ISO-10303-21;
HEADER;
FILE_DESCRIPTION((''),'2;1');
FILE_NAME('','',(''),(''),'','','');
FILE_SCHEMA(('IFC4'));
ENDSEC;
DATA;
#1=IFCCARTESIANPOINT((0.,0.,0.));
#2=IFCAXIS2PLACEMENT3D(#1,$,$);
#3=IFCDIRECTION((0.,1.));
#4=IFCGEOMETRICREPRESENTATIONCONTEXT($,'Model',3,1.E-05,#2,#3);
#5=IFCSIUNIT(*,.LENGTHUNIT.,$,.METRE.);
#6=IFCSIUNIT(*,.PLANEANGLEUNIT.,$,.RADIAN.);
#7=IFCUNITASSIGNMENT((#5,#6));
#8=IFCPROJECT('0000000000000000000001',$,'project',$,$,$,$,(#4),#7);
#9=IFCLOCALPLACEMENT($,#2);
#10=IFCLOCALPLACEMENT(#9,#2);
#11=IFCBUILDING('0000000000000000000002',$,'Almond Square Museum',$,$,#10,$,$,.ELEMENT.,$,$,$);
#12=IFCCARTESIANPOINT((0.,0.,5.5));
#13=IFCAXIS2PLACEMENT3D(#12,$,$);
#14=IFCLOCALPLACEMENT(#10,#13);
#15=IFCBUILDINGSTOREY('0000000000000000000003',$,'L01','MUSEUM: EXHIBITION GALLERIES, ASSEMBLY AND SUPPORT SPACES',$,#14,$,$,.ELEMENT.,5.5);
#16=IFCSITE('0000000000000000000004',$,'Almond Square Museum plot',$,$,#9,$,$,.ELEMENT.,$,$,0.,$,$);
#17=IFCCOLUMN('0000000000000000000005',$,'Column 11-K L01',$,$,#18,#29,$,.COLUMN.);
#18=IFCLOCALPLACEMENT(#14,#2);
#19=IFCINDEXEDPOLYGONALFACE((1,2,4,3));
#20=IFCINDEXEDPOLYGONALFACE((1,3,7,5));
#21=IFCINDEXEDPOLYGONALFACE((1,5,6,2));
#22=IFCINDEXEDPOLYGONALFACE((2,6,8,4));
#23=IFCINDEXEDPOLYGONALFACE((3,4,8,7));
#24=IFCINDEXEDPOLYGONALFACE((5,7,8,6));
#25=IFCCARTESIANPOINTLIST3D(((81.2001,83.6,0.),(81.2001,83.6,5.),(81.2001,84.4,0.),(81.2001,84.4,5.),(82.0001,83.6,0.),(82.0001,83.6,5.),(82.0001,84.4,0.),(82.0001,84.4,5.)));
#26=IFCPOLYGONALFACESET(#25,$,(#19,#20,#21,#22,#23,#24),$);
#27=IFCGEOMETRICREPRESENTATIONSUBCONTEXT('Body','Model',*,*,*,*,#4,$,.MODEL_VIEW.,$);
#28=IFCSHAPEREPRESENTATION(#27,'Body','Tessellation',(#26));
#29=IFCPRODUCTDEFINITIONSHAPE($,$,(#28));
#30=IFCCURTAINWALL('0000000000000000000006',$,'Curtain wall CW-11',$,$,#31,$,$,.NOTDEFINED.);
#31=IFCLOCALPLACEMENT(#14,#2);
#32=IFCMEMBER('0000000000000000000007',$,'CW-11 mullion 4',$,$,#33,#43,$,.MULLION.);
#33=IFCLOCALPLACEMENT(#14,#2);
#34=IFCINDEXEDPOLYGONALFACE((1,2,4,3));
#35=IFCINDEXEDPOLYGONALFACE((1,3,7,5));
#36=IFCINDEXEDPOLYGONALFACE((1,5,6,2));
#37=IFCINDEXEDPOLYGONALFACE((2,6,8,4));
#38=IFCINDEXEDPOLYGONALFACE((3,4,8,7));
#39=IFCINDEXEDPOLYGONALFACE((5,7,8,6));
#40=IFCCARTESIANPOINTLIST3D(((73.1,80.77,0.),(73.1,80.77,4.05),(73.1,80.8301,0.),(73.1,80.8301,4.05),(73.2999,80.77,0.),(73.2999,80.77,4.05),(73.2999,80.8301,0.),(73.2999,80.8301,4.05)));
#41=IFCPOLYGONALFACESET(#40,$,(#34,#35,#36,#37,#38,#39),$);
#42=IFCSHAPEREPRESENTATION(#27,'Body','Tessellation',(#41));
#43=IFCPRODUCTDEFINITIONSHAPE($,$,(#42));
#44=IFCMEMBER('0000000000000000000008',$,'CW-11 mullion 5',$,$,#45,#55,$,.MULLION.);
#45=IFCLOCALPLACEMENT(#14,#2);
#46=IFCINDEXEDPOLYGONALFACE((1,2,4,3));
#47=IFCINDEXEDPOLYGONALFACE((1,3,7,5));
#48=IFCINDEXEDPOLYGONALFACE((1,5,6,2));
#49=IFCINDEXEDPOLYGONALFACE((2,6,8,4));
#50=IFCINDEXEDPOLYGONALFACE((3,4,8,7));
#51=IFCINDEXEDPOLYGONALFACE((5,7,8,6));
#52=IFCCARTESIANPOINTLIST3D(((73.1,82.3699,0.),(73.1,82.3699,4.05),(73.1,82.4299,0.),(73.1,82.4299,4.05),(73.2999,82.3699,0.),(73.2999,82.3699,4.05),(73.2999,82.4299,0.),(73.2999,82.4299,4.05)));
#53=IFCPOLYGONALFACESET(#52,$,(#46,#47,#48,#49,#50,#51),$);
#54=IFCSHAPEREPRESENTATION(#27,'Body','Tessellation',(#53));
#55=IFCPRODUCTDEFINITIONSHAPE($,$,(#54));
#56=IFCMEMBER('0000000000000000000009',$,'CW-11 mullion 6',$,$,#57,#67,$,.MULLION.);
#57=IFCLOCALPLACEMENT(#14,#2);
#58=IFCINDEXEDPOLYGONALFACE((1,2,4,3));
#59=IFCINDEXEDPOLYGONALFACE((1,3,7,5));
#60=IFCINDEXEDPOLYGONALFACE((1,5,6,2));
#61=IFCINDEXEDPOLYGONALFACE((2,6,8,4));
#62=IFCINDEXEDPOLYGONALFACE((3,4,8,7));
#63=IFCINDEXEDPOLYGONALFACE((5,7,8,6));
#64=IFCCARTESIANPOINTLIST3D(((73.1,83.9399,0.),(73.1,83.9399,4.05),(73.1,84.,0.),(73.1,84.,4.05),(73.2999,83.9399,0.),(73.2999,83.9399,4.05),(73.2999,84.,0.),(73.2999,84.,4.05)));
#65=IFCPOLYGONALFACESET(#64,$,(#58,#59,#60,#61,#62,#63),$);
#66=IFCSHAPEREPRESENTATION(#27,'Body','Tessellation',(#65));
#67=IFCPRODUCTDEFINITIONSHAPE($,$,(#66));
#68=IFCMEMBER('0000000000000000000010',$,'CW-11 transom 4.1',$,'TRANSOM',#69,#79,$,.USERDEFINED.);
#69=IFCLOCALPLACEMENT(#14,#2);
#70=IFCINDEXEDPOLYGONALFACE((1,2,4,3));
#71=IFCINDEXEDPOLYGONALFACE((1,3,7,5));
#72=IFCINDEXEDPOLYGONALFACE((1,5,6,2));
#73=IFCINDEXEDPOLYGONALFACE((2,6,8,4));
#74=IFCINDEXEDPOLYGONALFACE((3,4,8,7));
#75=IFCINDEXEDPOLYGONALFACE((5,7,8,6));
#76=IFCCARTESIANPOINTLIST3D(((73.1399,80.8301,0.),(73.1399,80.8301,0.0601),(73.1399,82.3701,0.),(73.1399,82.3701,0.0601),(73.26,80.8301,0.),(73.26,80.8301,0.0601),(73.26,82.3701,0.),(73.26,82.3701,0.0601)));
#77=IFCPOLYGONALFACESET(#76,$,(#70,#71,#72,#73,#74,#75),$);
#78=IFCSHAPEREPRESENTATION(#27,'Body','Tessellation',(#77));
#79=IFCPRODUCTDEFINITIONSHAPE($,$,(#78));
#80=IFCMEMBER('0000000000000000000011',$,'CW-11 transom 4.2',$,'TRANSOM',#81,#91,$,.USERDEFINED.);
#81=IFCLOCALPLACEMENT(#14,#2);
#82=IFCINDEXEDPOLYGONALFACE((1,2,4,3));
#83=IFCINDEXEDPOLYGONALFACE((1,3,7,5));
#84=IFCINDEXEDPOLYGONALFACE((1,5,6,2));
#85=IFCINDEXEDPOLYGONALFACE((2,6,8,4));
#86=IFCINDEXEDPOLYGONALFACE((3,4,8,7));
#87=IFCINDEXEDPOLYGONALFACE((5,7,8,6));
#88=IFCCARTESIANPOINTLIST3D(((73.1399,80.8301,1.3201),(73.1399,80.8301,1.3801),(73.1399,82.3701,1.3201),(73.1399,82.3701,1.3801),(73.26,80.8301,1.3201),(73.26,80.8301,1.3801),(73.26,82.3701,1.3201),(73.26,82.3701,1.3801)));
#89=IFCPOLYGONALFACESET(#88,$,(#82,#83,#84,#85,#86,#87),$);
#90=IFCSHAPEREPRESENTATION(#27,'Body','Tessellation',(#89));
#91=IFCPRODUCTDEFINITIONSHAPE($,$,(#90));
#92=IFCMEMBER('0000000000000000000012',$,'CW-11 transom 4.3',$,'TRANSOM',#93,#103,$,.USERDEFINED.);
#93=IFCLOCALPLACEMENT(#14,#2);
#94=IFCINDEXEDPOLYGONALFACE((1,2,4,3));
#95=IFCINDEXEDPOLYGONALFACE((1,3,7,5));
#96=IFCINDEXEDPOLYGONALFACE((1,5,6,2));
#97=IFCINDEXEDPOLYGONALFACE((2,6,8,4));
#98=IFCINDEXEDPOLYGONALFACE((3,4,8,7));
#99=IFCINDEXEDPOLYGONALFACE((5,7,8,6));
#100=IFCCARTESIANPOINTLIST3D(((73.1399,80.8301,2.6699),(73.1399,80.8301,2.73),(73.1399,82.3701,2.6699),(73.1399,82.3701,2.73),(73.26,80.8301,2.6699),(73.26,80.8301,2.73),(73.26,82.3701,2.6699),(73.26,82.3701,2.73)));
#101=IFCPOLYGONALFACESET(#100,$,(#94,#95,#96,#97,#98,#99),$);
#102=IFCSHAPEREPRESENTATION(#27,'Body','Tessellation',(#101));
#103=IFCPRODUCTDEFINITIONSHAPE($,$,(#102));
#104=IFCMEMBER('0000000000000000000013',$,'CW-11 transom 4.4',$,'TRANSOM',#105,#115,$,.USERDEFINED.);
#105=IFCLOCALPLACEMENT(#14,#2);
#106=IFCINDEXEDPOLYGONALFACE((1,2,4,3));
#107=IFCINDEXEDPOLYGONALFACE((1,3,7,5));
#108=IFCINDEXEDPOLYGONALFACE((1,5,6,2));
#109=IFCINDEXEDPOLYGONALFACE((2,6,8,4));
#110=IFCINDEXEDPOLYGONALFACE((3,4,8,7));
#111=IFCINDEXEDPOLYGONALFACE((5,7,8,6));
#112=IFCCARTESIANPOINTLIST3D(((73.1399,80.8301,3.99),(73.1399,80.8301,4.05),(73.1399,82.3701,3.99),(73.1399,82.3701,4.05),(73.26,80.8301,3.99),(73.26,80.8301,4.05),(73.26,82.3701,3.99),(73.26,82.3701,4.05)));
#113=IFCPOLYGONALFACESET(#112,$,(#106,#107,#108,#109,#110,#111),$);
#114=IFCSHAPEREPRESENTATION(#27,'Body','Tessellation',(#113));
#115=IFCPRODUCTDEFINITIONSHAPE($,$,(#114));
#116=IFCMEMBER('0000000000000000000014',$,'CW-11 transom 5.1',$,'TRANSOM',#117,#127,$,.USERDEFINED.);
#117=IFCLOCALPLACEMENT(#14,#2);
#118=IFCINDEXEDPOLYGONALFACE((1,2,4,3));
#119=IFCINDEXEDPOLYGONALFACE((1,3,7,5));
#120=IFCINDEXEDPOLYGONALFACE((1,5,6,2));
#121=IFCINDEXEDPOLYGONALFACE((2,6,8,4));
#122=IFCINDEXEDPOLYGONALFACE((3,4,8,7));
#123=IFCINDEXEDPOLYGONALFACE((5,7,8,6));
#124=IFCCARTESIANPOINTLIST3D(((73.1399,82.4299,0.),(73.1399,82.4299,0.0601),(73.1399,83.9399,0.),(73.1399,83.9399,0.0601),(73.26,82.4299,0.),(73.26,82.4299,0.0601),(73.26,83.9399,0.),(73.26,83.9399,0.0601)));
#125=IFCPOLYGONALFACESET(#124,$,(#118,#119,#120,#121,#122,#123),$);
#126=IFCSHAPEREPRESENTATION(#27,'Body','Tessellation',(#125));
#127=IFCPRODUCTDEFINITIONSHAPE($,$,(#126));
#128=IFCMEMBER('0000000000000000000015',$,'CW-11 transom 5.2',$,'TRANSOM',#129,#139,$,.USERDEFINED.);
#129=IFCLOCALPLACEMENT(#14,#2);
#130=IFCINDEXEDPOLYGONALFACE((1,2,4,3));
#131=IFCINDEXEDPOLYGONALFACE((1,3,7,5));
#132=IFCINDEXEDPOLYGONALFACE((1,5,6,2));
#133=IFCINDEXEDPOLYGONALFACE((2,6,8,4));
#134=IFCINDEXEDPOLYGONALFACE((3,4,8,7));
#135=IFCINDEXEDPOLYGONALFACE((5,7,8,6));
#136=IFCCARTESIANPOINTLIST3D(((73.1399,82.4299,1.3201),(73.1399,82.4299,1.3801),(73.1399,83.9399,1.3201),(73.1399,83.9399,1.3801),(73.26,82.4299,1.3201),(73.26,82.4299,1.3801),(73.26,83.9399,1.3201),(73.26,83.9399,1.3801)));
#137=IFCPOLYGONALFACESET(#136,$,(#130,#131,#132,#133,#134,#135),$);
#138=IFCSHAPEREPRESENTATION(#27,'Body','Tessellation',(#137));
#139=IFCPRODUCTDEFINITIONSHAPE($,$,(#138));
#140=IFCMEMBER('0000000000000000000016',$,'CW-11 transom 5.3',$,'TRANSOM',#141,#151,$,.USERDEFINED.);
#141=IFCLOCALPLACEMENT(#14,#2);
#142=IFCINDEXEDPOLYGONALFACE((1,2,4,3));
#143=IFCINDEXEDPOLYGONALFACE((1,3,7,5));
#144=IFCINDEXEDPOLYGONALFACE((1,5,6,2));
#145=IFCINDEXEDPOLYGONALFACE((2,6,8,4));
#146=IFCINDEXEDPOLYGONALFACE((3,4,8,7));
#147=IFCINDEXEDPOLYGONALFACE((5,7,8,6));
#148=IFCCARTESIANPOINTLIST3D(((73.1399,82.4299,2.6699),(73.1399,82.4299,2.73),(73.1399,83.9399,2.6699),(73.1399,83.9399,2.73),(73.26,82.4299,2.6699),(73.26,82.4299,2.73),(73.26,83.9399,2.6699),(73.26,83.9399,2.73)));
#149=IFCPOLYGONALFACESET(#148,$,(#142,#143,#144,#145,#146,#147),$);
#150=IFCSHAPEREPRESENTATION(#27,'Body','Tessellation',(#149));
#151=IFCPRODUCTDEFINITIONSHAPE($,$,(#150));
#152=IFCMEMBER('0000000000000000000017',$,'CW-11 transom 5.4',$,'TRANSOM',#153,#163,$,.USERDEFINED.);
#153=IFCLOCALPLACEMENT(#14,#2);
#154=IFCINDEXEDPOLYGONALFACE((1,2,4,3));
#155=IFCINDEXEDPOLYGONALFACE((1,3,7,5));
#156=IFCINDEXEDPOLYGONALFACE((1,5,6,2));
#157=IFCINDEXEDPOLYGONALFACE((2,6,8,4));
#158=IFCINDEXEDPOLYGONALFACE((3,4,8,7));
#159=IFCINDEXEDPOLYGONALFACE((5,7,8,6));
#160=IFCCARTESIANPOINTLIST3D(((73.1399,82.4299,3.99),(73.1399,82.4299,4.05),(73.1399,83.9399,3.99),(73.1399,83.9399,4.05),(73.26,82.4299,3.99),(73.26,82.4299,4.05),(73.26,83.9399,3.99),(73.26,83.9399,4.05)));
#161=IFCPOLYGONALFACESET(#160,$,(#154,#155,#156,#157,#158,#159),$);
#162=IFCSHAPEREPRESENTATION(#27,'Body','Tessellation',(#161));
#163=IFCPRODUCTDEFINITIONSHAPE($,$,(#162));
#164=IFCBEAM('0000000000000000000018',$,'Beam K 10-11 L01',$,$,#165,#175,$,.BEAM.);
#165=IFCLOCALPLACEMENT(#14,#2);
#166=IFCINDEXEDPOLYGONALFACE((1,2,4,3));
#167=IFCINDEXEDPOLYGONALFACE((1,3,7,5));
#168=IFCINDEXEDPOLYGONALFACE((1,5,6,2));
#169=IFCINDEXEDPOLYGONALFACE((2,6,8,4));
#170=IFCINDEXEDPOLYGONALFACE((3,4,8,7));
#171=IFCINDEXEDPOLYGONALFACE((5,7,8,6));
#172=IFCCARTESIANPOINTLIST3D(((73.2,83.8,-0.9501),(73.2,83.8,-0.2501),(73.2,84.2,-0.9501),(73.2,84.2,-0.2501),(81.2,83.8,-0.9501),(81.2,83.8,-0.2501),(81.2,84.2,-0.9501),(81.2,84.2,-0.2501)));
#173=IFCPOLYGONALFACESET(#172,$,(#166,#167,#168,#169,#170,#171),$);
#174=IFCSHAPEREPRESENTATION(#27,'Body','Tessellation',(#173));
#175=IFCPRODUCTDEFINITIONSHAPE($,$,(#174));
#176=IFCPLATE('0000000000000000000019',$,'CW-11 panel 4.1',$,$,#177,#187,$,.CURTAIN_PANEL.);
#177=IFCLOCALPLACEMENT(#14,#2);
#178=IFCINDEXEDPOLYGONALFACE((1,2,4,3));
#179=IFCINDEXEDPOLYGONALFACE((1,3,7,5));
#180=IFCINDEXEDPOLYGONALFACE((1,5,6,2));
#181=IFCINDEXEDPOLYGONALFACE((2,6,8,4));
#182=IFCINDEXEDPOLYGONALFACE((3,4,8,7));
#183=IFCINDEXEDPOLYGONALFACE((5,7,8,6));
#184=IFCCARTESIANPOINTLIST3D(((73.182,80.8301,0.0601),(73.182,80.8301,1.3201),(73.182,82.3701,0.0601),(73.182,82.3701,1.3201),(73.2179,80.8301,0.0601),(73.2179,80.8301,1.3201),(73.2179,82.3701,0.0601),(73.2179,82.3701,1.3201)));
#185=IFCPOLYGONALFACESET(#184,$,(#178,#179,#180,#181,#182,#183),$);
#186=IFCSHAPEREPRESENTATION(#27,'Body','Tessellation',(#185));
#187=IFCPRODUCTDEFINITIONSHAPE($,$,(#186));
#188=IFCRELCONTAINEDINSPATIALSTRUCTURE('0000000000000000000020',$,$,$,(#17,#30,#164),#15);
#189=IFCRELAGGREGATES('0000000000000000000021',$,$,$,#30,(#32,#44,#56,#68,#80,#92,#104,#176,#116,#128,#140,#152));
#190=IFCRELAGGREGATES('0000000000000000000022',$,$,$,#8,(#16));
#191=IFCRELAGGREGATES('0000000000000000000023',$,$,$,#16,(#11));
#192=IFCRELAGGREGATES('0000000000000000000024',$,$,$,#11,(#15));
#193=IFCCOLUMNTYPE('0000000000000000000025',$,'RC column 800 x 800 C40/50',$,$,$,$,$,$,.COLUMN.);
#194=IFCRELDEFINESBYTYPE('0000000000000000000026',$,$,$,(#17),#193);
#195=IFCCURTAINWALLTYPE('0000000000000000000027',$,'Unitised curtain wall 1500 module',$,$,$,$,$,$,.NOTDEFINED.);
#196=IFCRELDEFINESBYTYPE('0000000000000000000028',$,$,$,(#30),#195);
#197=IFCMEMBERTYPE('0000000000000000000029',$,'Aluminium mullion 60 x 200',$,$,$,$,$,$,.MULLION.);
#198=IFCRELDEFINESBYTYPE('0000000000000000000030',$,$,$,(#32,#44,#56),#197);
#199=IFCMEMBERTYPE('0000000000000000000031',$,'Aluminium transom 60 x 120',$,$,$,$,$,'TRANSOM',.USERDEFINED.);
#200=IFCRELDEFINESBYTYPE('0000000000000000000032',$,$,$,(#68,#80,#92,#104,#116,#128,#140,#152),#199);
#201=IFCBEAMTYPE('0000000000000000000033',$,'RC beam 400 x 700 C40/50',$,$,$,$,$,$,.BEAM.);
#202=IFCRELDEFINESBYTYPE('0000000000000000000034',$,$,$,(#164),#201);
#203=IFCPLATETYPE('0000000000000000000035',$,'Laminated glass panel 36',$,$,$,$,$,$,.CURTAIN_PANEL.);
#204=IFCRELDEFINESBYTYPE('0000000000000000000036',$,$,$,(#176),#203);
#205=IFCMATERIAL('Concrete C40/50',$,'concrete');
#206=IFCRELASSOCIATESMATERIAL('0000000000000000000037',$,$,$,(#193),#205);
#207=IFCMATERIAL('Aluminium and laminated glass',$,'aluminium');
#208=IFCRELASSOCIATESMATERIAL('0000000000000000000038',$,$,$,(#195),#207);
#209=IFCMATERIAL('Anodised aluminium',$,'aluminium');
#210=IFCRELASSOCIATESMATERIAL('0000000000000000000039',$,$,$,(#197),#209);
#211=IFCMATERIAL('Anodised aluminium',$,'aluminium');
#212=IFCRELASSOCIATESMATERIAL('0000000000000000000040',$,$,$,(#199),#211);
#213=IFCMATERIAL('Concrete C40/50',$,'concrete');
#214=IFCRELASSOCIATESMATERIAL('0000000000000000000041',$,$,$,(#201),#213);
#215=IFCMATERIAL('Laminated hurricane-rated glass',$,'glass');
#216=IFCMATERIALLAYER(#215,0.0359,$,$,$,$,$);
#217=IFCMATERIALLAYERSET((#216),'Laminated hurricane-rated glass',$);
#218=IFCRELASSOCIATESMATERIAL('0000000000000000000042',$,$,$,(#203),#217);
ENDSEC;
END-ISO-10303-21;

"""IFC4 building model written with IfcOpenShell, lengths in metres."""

from ifc_helpers import new_model, si_unit, direction, frame, origin, origin_2d, place, context, subcontext, project, spatial, rectangle, extrude, material, layer, layer_set, material_profile, profile_set, type_object, element, aggregate, save


model = new_model("IFC4")

# Units and contexts
model_context = context("Model", 3, precision=1e-05, world=origin(), true_north=direction((0.0, 1.0)))
body_context = subcontext(model_context, "Body", "Model", "MODEL_VIEW")
ifc_project = project(units=[si_unit("LENGTHUNIT", "METRE"), si_unit("PLANEANGLEUNIT", "RADIAN")], contexts=[model_context])

# Site, building, storey
site_placement = place(None, origin())
site = spatial("IfcSite", under=ifc_project, at=site_placement, Name="Almond Square Museum plot", CompositionType="ELEMENT", RefElevation=0.0)
building_placement = place(site_placement, origin())
building = spatial("IfcBuilding", under=site, at=building_placement, Name="Almond Square Museum", CompositionType="ELEMENT")
storey_placement = place(building_placement, frame((0.0, 0.0, 5.5)))
storey = spatial("IfcBuildingStorey", under=building, at=storey_placement, Name="L01", Description="MUSEUM: EXHIBITION GALLERIES, ASSEMBLY AND SUPPORT SPACES", CompositionType="ELEMENT", Elevation=5.5)

# Column
ifc_material_1 = material(Name="Concrete C40/50", Category="concrete")
ifc_material_profile_1 = material_profile(ifc_material_1, rectangle(XDim=0.8, YDim=0.8, at=origin_2d()))
ifc_profile_set_1 = profile_set([ifc_material_profile_1], Name="Concrete C40/50")
column_type = type_object("IfcColumnType", Name="RC column 800 x 800 C40/50", PredefinedType="COLUMN", material=ifc_profile_set_1)
column_placement = place(storey_placement, frame((81.6001, 84.0, 0.0), z_axis=(0.0, 0.0, 1.0), x_axis=(1.0, 0.0, 0.0)))
element("IfcColumn", 1, at=column_placement, inside=storey, type_object=column_type, Name="Column 11-K L01", PredefinedType="COLUMN", context=body_context, shape_type="SweptSolid", body=[
    extrude(rectangle(XDim=0.8, YDim=0.8, at=origin_2d()), origin(), (0.0, 0.0, 1.0), 5.0),
])

# Curtain wall, members
ifc_material_2 = material(Name="Aluminium and laminated glass", Category="aluminium")
curtain_wall_type = type_object("IfcCurtainWallType", Name="Unitised curtain wall 1500 module", PredefinedType="NOTDEFINED", material=ifc_material_2)
curtain_wall_placement = place(storey_placement, origin())
curtain_wall = element("IfcCurtainWall", 2, at=curtain_wall_placement, inside=storey, type_object=curtain_wall_type, Name="Curtain wall CW-11", PredefinedType="NOTDEFINED")
ifc_material_3 = material(Name="Anodised aluminium", Category="aluminium")
ifc_material_profile_2 = material_profile(ifc_material_3, rectangle(XDim=0.2, YDim=0.0601, at=origin_2d()))
ifc_profile_set_2 = profile_set([ifc_material_profile_2], Name="Anodised aluminium")
member_type_1 = type_object("IfcMemberType", Name="Aluminium mullion 60 x 200", PredefinedType="MULLION", material=ifc_profile_set_2)
member_1_placement = place(storey_placement, frame((73.2, 80.8, 0.0), z_axis=(0.0, 0.0, 1.0), x_axis=(-1.0, 0.0, 0.0)))
member_1 = element("IfcMember", 3, at=member_1_placement, type_object=member_type_1, Name="CW-11 mullion 4", PredefinedType="MULLION", context=body_context, shape_type="SweptSolid", body=[
    extrude(rectangle(XDim=0.2, YDim=0.0601, at=origin_2d()), origin(), (0.0, 0.0, 1.0), 4.05),
])
member_2_placement = place(storey_placement, frame((73.2, 82.3999, 0.0), z_axis=(0.0, 0.0, 1.0), x_axis=(-1.0, 0.0, 0.0)))
member_2 = element("IfcMember", 4, at=member_2_placement, type_object=member_type_1, Name="CW-11 mullion 5", PredefinedType="MULLION", context=body_context, shape_type="SweptSolid", body=[
    extrude(rectangle(XDim=0.2, YDim=0.0601, at=origin_2d()), origin(), (0.0, 0.0, 1.0), 4.05),
])
member_3_placement = place(storey_placement, frame((73.2, 83.97, 0.0), z_axis=(0.0, 0.0, 1.0), x_axis=(-1.0, 0.0, 0.0)))
member_3 = element("IfcMember", 5, at=member_3_placement, type_object=member_type_1, Name="CW-11 mullion 6", PredefinedType="MULLION", context=body_context, shape_type="SweptSolid", body=[
    extrude(rectangle(XDim=0.2, YDim=0.0601, at=origin_2d()), origin(), (0.0, 0.0, 1.0), 4.05),
])
ifc_material_4 = material(Name="Anodised aluminium", Category="aluminium")
ifc_material_profile_3 = material_profile(ifc_material_4, rectangle(XDim=0.1201, YDim=0.0601, at=origin_2d()))
ifc_profile_set_3 = profile_set([ifc_material_profile_3], Name="Anodised aluminium")
member_type_2 = type_object("IfcMemberType", Name="Aluminium transom 60 x 120", ElementType="TRANSOM", PredefinedType="USERDEFINED", material=ifc_profile_set_3)
member_4_placement = place(storey_placement, frame((73.2, 80.8301, 0.03), z_axis=(0.0, 1.0, 0.0), x_axis=(-1.0, 0.0, 0.0)))
member_4 = element("IfcMember", 6, at=member_4_placement, type_object=member_type_2, Name="CW-11 transom 4.1", ObjectType="TRANSOM", PredefinedType="USERDEFINED", context=body_context, shape_type="SweptSolid", body=[
    extrude(rectangle(XDim=0.1201, YDim=0.0601, at=origin_2d()), origin(), (0.0, 0.0, 1.0), 1.54),
])
member_5_placement = place(storey_placement, frame((73.2, 80.8301, 1.3501), z_axis=(0.0, 1.0, 0.0), x_axis=(-1.0, 0.0, 0.0)))
member_5 = element("IfcMember", 7, at=member_5_placement, type_object=member_type_2, Name="CW-11 transom 4.2", ObjectType="TRANSOM", PredefinedType="USERDEFINED", context=body_context, shape_type="SweptSolid", body=[
    extrude(rectangle(XDim=0.1201, YDim=0.0601, at=origin_2d()), origin(), (0.0, 0.0, 1.0), 1.54),
])
member_6_placement = place(storey_placement, frame((73.2, 80.8301, 2.7), z_axis=(0.0, 1.0, 0.0), x_axis=(-1.0, 0.0, 0.0)))
member_6 = element("IfcMember", 8, at=member_6_placement, type_object=member_type_2, Name="CW-11 transom 4.3", ObjectType="TRANSOM", PredefinedType="USERDEFINED", context=body_context, shape_type="SweptSolid", body=[
    extrude(rectangle(XDim=0.1201, YDim=0.0601, at=origin_2d()), origin(), (0.0, 0.0, 1.0), 1.54),
])
member_7_placement = place(storey_placement, frame((73.2, 80.8301, 4.02), z_axis=(0.0, 1.0, 0.0), x_axis=(-1.0, 0.0, 0.0)))
member_7 = element("IfcMember", 9, at=member_7_placement, type_object=member_type_2, Name="CW-11 transom 4.4", ObjectType="TRANSOM", PredefinedType="USERDEFINED", context=body_context, shape_type="SweptSolid", body=[
    extrude(rectangle(XDim=0.1201, YDim=0.0601, at=origin_2d()), origin(), (0.0, 0.0, 1.0), 1.54),
])
member_8_placement = place(storey_placement, frame((73.2, 82.4299, 0.03), z_axis=(0.0, 1.0, 0.0), x_axis=(-1.0, 0.0, 0.0)))
member_8 = element("IfcMember", 10, at=member_8_placement, type_object=member_type_2, Name="CW-11 transom 5.1", ObjectType="TRANSOM", PredefinedType="USERDEFINED", context=body_context, shape_type="SweptSolid", body=[
    extrude(rectangle(XDim=0.1201, YDim=0.0601, at=origin_2d()), origin(), (0.0, 0.0, 1.0), 1.51),
])
member_9_placement = place(storey_placement, frame((73.2, 82.4299, 1.3501), z_axis=(0.0, 1.0, 0.0), x_axis=(-1.0, 0.0, 0.0)))
member_9 = element("IfcMember", 11, at=member_9_placement, type_object=member_type_2, Name="CW-11 transom 5.2", ObjectType="TRANSOM", PredefinedType="USERDEFINED", context=body_context, shape_type="SweptSolid", body=[
    extrude(rectangle(XDim=0.1201, YDim=0.0601, at=origin_2d()), origin(), (0.0, 0.0, 1.0), 1.51),
])
member_10_placement = place(storey_placement, frame((73.2, 82.4299, 2.7), z_axis=(0.0, 1.0, 0.0), x_axis=(-1.0, 0.0, 0.0)))
member_10 = element("IfcMember", 12, at=member_10_placement, type_object=member_type_2, Name="CW-11 transom 5.3", ObjectType="TRANSOM", PredefinedType="USERDEFINED", context=body_context, shape_type="SweptSolid", body=[
    extrude(rectangle(XDim=0.1201, YDim=0.0601, at=origin_2d()), origin(), (0.0, 0.0, 1.0), 1.51),
])
member_11_placement = place(storey_placement, frame((73.2, 82.4299, 4.02), z_axis=(0.0, 1.0, 0.0), x_axis=(-1.0, 0.0, 0.0)))
member_11 = element("IfcMember", 13, at=member_11_placement, type_object=member_type_2, Name="CW-11 transom 5.4", ObjectType="TRANSOM", PredefinedType="USERDEFINED", context=body_context, shape_type="SweptSolid", body=[
    extrude(rectangle(XDim=0.1201, YDim=0.0601, at=origin_2d()), origin(), (0.0, 0.0, 1.0), 1.51),
])

# Beam
ifc_material_5 = material(Name="Concrete C40/50", Category="concrete")
ifc_material_profile_4 = material_profile(ifc_material_5, rectangle(XDim=0.3999, YDim=0.7, at=origin_2d()))
ifc_profile_set_4 = profile_set([ifc_material_profile_4], Name="Concrete C40/50")
beam_type = type_object("IfcBeamType", Name="RC beam 400 x 700 C40/50", PredefinedType="BEAM", material=ifc_profile_set_4)
beam_placement = place(storey_placement, frame((73.2, 84.0, -0.6001), z_axis=(1.0, 0.0, 0.0), x_axis=(0.0, 1.0, 0.0)))
element("IfcBeam", 14, at=beam_placement, inside=storey, type_object=beam_type, Name="Beam K 10-11 L01", PredefinedType="BEAM", context=body_context, shape_type="SweptSolid", body=[
    extrude(rectangle(XDim=0.3999, YDim=0.7, at=origin_2d()), origin(), (0.0, 0.0, 1.0), 8.0),
])

# Plate
ifc_material_6 = material(Name="Laminated hurricane-rated glass", Category="glass")
ifc_layer = layer(ifc_material_6, 0.0359)
ifc_layer_set = layer_set([ifc_layer], Name="Laminated hurricane-rated glass")
plate_type = type_object("IfcPlateType", Name="Laminated glass panel 36", PredefinedType="CURTAIN_PANEL", material=ifc_layer_set)
plate_1_placement = place(storey_placement, frame((73.2, 81.6001, 0.0601), z_axis=(0.0, 0.0, 1.0), x_axis=(0.0, 1.0, 0.0)))
plate_1 = element("IfcPlate", 15, at=plate_1_placement, type_object=plate_type, Name="CW-11 panel 4.1", PredefinedType="CURTAIN_PANEL", context=body_context, shape_type="SweptSolid", body=[
    extrude(rectangle(XDim=1.54, YDim=0.0359, at=origin_2d()), origin(), (0.0, 0.0, 1.0), 1.26),
])
aggregate(curtain_wall, [member_1, member_2, member_3, member_4, member_5, member_6, member_7, plate_1, member_8, member_9, member_10, member_11])

save(model, "model.ifc")
